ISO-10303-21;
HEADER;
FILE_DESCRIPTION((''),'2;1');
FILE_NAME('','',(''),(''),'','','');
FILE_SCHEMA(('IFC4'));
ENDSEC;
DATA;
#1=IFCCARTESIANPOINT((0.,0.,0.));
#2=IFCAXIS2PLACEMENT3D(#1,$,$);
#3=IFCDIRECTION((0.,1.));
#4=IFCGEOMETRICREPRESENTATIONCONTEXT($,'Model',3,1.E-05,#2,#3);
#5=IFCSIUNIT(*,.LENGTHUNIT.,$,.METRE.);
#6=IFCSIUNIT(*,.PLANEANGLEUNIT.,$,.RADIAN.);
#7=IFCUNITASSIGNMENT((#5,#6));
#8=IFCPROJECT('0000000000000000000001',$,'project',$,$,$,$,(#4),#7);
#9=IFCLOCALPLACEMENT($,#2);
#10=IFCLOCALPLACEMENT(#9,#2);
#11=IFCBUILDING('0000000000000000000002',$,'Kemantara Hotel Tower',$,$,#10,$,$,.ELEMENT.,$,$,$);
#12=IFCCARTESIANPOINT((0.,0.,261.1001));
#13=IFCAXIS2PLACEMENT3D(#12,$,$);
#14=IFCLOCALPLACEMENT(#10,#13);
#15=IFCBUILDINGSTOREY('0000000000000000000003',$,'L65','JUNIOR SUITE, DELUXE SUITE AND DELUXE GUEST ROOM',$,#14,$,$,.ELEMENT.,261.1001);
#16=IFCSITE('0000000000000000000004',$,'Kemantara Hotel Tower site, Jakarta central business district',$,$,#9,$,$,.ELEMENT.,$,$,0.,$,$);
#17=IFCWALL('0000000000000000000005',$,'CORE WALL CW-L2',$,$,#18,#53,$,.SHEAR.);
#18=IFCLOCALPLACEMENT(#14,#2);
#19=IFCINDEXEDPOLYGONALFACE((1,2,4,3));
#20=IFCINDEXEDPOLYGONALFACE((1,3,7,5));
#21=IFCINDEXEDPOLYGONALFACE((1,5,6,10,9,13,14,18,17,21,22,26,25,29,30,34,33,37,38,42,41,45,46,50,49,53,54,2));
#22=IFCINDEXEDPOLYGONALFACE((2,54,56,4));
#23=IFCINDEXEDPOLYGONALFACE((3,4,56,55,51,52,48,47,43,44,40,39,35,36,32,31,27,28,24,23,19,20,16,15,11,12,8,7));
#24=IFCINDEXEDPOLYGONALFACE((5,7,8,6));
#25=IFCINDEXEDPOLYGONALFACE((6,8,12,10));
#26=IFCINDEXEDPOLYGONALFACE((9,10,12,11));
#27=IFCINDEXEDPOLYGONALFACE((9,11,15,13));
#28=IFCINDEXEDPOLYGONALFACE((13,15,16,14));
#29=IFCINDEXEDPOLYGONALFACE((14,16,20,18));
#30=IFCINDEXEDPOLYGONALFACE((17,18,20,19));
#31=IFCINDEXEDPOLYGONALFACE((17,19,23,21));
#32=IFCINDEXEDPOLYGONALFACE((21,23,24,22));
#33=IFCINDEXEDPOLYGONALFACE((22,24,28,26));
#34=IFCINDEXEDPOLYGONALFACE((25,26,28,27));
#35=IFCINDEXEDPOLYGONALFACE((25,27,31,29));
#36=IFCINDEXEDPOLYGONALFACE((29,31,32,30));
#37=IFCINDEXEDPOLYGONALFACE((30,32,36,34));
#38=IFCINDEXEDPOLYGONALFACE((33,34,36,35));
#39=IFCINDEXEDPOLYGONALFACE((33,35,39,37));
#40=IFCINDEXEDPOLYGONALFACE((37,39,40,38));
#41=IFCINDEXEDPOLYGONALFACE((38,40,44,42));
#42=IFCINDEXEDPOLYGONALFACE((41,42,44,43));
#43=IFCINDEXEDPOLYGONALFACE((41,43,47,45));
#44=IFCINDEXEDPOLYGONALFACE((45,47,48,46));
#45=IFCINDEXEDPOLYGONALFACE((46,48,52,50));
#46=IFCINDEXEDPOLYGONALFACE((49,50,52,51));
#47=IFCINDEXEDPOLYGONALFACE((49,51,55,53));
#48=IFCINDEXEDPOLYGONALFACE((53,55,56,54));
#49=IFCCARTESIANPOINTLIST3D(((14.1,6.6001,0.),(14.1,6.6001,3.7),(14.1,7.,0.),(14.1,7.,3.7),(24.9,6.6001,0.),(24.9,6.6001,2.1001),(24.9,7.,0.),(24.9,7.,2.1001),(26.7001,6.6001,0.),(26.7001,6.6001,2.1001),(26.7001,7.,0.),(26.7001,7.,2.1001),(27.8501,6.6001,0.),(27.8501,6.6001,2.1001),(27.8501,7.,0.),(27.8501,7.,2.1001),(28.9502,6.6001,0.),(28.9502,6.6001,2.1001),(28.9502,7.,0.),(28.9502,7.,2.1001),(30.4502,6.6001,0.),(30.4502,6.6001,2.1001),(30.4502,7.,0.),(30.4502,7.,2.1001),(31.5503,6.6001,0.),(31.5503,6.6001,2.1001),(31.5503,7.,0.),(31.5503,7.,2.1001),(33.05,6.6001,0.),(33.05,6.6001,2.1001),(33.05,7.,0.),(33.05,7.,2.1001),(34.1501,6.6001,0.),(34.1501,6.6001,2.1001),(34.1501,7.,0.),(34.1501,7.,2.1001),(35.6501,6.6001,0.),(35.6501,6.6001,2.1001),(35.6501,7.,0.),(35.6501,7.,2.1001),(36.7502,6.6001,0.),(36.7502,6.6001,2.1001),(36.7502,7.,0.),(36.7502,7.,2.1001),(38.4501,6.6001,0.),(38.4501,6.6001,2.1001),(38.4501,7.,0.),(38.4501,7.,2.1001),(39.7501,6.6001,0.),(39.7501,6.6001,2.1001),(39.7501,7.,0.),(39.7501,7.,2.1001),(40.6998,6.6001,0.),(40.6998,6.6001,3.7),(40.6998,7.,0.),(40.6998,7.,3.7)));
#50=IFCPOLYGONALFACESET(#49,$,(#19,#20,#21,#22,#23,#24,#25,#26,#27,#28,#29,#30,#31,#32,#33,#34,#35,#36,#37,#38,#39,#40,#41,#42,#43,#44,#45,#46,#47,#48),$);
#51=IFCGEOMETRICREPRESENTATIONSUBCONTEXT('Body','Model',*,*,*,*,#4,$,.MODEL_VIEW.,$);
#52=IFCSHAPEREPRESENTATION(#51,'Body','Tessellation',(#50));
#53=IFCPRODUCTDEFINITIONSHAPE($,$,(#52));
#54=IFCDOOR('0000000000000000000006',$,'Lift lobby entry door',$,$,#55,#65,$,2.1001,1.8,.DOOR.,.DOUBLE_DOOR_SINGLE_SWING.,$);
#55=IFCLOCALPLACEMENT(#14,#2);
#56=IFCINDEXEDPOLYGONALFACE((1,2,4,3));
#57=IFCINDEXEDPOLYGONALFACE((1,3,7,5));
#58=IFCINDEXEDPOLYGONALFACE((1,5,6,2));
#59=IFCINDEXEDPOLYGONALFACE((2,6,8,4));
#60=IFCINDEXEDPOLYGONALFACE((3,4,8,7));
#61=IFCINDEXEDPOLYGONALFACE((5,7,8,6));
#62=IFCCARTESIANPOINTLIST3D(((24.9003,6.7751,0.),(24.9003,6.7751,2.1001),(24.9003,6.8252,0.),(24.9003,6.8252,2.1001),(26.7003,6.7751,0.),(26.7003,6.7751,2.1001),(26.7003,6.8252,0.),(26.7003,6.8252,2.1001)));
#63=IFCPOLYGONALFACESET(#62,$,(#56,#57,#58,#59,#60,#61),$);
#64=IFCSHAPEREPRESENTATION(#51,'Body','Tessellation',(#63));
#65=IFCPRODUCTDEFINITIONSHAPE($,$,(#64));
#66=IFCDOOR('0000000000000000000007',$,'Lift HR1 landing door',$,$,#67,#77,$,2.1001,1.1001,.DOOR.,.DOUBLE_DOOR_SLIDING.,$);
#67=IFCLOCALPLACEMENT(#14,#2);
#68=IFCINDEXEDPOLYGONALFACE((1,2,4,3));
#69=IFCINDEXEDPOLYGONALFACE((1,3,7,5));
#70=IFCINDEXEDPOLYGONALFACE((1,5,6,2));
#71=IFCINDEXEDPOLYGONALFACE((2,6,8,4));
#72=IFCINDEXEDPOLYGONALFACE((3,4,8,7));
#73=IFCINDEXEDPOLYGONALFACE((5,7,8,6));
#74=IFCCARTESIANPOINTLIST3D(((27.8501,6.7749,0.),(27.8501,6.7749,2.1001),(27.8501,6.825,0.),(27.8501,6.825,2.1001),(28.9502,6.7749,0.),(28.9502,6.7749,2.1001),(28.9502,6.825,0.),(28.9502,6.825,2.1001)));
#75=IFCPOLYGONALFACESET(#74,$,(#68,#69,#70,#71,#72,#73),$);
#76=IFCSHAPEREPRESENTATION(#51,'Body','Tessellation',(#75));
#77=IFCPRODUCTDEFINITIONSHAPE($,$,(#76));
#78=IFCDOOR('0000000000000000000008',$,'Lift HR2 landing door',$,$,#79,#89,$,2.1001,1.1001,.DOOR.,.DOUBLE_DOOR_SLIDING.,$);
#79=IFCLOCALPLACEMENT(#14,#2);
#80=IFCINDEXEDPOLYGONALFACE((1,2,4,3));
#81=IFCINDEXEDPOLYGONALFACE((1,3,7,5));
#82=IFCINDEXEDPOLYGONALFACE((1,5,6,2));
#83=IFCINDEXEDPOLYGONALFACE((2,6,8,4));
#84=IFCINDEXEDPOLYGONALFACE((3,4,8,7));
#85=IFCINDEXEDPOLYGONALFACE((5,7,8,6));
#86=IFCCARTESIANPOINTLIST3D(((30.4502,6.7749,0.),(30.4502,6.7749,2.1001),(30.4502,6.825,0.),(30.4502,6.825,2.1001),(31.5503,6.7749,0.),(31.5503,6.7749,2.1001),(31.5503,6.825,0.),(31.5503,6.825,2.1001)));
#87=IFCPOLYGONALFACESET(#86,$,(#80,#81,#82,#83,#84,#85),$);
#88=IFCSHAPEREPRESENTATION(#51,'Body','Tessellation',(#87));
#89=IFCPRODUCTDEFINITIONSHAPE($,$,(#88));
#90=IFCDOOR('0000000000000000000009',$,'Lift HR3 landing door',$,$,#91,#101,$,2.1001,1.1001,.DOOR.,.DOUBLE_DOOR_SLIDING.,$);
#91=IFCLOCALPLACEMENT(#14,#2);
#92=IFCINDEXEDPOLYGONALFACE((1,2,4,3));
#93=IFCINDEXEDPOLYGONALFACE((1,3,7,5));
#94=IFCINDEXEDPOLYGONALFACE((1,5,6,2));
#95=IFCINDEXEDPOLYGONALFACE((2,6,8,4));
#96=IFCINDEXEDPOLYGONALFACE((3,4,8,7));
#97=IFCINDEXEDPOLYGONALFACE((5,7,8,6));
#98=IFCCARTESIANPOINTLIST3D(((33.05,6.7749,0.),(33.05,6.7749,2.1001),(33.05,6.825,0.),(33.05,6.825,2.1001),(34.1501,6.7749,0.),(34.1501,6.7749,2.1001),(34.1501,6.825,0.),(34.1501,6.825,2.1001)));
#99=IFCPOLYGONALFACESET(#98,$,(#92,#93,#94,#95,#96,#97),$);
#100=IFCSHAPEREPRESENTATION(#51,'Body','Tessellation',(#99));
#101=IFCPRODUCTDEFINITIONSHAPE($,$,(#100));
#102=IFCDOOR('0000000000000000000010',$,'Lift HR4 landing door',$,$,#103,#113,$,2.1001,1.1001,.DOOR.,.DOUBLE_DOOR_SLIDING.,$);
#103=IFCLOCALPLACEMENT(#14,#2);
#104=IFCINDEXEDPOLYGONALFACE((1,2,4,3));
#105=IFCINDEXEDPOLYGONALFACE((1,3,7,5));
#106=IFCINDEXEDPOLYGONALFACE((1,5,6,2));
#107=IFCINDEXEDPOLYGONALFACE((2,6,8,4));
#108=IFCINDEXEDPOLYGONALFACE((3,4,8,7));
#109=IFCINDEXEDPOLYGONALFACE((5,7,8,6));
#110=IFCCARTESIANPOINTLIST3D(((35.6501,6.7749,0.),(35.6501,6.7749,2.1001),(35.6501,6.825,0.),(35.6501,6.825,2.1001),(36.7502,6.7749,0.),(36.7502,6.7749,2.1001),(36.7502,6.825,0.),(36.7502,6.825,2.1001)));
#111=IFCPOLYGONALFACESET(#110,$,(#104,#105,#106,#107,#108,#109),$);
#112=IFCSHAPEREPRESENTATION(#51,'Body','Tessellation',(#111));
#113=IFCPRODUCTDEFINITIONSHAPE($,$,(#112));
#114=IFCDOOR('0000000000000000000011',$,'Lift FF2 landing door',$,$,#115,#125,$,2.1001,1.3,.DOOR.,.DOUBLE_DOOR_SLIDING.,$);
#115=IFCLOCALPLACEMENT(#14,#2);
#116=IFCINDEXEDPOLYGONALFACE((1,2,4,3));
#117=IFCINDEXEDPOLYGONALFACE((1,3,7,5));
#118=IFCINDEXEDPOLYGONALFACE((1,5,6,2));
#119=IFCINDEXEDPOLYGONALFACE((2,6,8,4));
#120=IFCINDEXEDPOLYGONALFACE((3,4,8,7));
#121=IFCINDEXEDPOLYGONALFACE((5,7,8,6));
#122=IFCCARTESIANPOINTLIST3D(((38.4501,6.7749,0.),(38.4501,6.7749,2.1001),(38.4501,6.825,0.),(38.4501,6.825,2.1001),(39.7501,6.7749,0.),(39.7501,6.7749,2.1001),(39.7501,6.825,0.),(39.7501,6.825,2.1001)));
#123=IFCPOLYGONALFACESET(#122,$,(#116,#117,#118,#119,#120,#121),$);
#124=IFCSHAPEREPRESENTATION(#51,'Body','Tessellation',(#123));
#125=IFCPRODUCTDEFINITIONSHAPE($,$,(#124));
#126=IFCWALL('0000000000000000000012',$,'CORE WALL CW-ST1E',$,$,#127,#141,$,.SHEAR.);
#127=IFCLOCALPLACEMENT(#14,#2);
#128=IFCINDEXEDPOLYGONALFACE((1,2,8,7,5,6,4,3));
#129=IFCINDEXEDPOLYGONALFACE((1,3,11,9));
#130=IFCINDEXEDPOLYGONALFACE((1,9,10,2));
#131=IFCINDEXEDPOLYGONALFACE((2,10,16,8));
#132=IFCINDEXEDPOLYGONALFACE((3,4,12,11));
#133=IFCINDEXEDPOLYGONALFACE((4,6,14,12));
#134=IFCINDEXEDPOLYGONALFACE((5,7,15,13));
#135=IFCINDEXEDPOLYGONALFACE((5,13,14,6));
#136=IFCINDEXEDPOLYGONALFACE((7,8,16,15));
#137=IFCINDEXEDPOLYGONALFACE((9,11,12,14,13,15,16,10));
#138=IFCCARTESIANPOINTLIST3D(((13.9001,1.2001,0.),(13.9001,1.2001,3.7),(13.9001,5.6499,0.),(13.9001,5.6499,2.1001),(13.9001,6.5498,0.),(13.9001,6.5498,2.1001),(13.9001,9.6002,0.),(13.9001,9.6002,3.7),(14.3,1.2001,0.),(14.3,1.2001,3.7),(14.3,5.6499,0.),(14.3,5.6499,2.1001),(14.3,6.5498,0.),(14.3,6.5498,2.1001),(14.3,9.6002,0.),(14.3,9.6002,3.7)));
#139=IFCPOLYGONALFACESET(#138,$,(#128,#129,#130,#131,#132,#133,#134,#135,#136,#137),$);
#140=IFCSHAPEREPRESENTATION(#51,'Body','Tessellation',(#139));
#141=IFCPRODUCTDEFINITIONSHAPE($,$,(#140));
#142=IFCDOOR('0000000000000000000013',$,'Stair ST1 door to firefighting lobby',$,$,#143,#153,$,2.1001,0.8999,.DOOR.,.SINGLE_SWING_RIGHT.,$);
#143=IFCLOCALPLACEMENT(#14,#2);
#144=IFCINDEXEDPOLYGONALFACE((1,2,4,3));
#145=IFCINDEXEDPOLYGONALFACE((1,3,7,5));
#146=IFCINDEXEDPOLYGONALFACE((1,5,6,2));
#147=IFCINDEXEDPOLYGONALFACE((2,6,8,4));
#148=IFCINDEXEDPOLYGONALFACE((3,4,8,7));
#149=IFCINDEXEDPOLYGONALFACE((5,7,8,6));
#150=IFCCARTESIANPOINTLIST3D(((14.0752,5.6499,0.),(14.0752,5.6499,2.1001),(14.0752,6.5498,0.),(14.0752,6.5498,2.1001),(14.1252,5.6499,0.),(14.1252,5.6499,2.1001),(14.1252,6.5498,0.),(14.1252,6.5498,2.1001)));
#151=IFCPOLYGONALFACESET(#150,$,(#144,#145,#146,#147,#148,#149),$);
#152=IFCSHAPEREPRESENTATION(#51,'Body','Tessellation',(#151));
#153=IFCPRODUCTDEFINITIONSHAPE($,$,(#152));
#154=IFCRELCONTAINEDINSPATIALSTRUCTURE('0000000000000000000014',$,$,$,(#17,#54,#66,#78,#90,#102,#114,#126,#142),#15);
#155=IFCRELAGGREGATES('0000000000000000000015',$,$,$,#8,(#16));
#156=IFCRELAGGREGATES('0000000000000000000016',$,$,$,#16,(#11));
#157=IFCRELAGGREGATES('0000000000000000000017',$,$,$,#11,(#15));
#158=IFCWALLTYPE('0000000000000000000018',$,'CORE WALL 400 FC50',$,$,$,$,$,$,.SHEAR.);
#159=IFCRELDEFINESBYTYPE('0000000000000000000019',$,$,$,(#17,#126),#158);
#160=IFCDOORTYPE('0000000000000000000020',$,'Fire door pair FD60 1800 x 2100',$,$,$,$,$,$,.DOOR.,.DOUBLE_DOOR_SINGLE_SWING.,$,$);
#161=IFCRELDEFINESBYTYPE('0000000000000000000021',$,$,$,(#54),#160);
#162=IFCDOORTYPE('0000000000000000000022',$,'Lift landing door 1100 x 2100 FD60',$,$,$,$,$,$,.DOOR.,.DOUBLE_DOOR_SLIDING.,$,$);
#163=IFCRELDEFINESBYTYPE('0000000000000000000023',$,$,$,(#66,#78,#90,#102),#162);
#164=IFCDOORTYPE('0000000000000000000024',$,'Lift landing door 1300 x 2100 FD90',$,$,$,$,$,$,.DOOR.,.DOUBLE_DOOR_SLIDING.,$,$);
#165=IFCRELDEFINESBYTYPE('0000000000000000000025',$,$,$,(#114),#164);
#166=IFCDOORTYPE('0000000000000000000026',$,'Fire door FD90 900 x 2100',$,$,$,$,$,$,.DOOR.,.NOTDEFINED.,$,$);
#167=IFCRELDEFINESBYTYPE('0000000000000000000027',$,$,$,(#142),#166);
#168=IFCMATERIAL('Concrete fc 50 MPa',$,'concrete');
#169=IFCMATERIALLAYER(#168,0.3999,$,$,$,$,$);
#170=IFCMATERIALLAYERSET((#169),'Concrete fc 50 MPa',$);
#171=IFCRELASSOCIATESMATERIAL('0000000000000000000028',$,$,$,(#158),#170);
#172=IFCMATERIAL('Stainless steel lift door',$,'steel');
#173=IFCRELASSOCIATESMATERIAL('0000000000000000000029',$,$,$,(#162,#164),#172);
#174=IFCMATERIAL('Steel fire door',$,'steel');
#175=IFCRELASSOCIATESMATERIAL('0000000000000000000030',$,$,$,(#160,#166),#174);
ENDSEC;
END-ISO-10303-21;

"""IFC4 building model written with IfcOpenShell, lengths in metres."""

from ifc_helpers import new_model, si_unit, direction, frame, frame_2d, origin, place, context, subcontext, project, spatial, rectangle, extrude, material, layer, layer_set, type_object, element, fill, save


model = new_model("IFC4")

# Units and contexts
model_context = context("Model", 3, precision=1e-05, world=origin(), true_north=direction((0.0, 1.0)))
body_context = subcontext(model_context, "Body", "Model", "MODEL_VIEW")
ifc_project = project(units=[si_unit("LENGTHUNIT", "METRE"), si_unit("PLANEANGLEUNIT", "RADIAN")], contexts=[model_context])

# Site, building, storey
site_placement = place(None, origin())
site = spatial("IfcSite", under=ifc_project, at=site_placement, Name="Kemantara Hotel Tower site, Jakarta central business district", CompositionType="ELEMENT", RefElevation=0.0)
building_placement = place(site_placement, origin())
building = spatial("IfcBuilding", under=site, at=building_placement, Name="Kemantara Hotel Tower", CompositionType="ELEMENT")
storey_placement = place(building_placement, frame((0.0, 0.0, 261.1001)))
storey = spatial("IfcBuildingStorey", under=building, at=storey_placement, Name="L65", Description="JUNIOR SUITE, DELUXE SUITE AND DELUXE GUEST ROOM", CompositionType="ELEMENT", Elevation=261.1001)

# Shared definitions
ifc_material_1 = material(Name="Concrete fc 50 MPa", Category="concrete")

# Shared definitions
ifc_layer_1 = layer(ifc_material_1, 0.3999)
ifc_layer_set_1 = layer_set([ifc_layer_1], Name="Concrete fc 50 MPa")
wall_type_1 = type_object("IfcWallType", Name="CORE WALL 400 FC50", PredefinedType="SHEAR", material=ifc_layer_set_1)
ifc_material_2 = material(Name="Steel fire door", Category="steel")

# Wall, openings, doors
ifc_material_3 = material(Name="Stainless steel lift door", Category="steel")
door_type_1 = type_object("IfcDoorType", Name="Lift landing door 1100 x 2100 FD60", OperationType="DOUBLE_DOOR_SLIDING", PredefinedType="DOOR", material=ifc_material_3)
door_type_2 = type_object("IfcDoorType", Name="Lift landing door 1300 x 2100 FD90", OperationType="DOUBLE_DOOR_SLIDING", PredefinedType="DOOR", material=ifc_material_3)
wall_1_placement = place(storey_placement, frame((14.1001, 6.8, 0.0), z_axis=(0.0, 0.0, 1.0), x_axis=(1.0, 0.0, 0.0)))
wall_1 = element("IfcWall", 1, at=wall_1_placement, inside=storey, type_object=wall_type_1, Name="CORE WALL CW-L2", PredefinedType="SHEAR", context=body_context, shape_type="SweptSolid", body=[
    extrude(rectangle(XDim=26.5999, YDim=0.3999, at=frame_2d((13.2998, 0.0))), origin(), (0.0, 0.0, 1.0), 3.7),
])
opening_1_placement = place(wall_1_placement, frame((10.8, 0.0, 0.0)))
opening_1 = element("IfcOpeningElement", 2, at=opening_1_placement, cuts=wall_1, PredefinedType="OPENING", context=body_context, shape_type="SweptSolid", body=[
    extrude(rectangle(XDim=1.8, YDim=2.1001, at=frame_2d((0.8999, 1.05))), frame((0.0, 0.21, 0.0), z_axis=(0.0, -1.0, 0.0), x_axis=(1.0, 0.0, 0.0)), (0.0, 0.0, 1.0), 0.4199),
])
opening_2_placement = place(wall_1_placement, frame((13.75, 0.0, 0.0)))
opening_2 = element("IfcOpeningElement", 3, at=opening_2_placement, cuts=wall_1, PredefinedType="OPENING", context=body_context, shape_type="SweptSolid", body=[
    extrude(rectangle(XDim=1.1001, YDim=2.1001, at=frame_2d((0.55, 1.05))), frame((0.0, 0.21, 0.0), z_axis=(0.0, -1.0, 0.0), x_axis=(1.0, 0.0, 0.0)), (0.0, 0.0, 1.0), 0.4199),
])
opening_3_placement = place(wall_1_placement, frame((16.3501, 0.0, 0.0)))
opening_3 = element("IfcOpeningElement", 4, at=opening_3_placement, cuts=wall_1, PredefinedType="OPENING", context=body_context, shape_type="SweptSolid", body=[
    extrude(rectangle(XDim=1.1001, YDim=2.1001, at=frame_2d((0.55, 1.05))), frame((0.0, 0.21, 0.0), z_axis=(0.0, -1.0, 0.0), x_axis=(1.0, 0.0, 0.0)), (0.0, 0.0, 1.0), 0.4199),
])
opening_4_placement = place(wall_1_placement, frame((18.95, 0.0, 0.0)))
opening_4 = element("IfcOpeningElement", 5, at=opening_4_placement, cuts=wall_1, PredefinedType="OPENING", context=body_context, shape_type="SweptSolid", body=[
    extrude(rectangle(XDim=1.1001, YDim=2.1001, at=frame_2d((0.55, 1.05))), frame((0.0, 0.21, 0.0), z_axis=(0.0, -1.0, 0.0), x_axis=(1.0, 0.0, 0.0)), (0.0, 0.0, 1.0), 0.4199),
])
opening_5_placement = place(wall_1_placement, frame((21.55, 0.0, 0.0)))
opening_5 = element("IfcOpeningElement", 6, at=opening_5_placement, cuts=wall_1, PredefinedType="OPENING", context=body_context, shape_type="SweptSolid", body=[
    extrude(rectangle(XDim=1.1001, YDim=2.1001, at=frame_2d((0.55, 1.05))), frame((0.0, 0.21, 0.0), z_axis=(0.0, -1.0, 0.0), x_axis=(1.0, 0.0, 0.0)), (0.0, 0.0, 1.0), 0.4199),
])
opening_6_placement = place(wall_1_placement, frame((24.3501, 0.0, 0.0)))
opening_6 = element("IfcOpeningElement", 7, at=opening_6_placement, cuts=wall_1, PredefinedType="OPENING", context=body_context, shape_type="SweptSolid", body=[
    extrude(rectangle(XDim=1.3, YDim=2.1001, at=frame_2d((0.6499, 1.05))), frame((0.0, 0.21, 0.0), z_axis=(0.0, -1.0, 0.0), x_axis=(1.0, 0.0, 0.0)), (0.0, 0.0, 1.0), 0.4199),
])
door_type_3 = type_object("IfcDoorType", Name="Fire door pair FD60 1800 x 2100", OperationType="DOUBLE_DOOR_SINGLE_SWING", PredefinedType="DOOR", material=ifc_material_2)
door_1_placement = place(opening_1_placement, frame((1.8, 0.0, 0.0), z_axis=(0.0, 0.0, 1.0), x_axis=(-1.0, 0.0, 0.0)))
door_1 = element("IfcDoor", 8, at=door_1_placement, inside=storey, type_object=door_type_3, Name="Lift lobby entry door", OperationType="DOUBLE_DOOR_SINGLE_SWING", OverallHeight=2.1001, OverallWidth=1.8, PredefinedType="DOOR", context=body_context, shape_type="SweptSolid", body=[
    extrude(rectangle(XDim=1.8, YDim=2.1001, at=frame_2d((0.8999, 1.05))), frame((0.0, 0.0249, 0.0), z_axis=(0.0, -1.0, 0.0), x_axis=(1.0, 0.0, 0.0)), (0.0, 0.0, 1.0), 0.05),
])
fill(opening_1, door_1)
door_2_placement = place(opening_2_placement, origin())
door_2 = element("IfcDoor", 9, at=door_2_placement, inside=storey, type_object=door_type_1, Name="Lift HR1 landing door", OperationType="DOUBLE_DOOR_SLIDING", OverallHeight=2.1001, OverallWidth=1.1001, PredefinedType="DOOR", context=body_context, shape_type="SweptSolid", body=[
    extrude(rectangle(XDim=1.1001, YDim=2.1001, at=frame_2d((0.55, 1.05))), frame((0.0, 0.0249, 0.0), z_axis=(0.0, -1.0, 0.0), x_axis=(1.0, 0.0, 0.0)), (0.0, 0.0, 1.0), 0.05),
])
fill(opening_2, door_2)
door_3_placement = place(opening_3_placement, origin())
door_3 = element("IfcDoor", 10, at=door_3_placement, inside=storey, type_object=door_type_1, Name="Lift HR2 landing door", OperationType="DOUBLE_DOOR_SLIDING", OverallHeight=2.1001, OverallWidth=1.1001, PredefinedType="DOOR", context=body_context, shape_type="SweptSolid", body=[
    extrude(rectangle(XDim=1.1001, YDim=2.1001, at=frame_2d((0.55, 1.05))), frame((0.0, 0.0249, 0.0), z_axis=(0.0, -1.0, 0.0), x_axis=(1.0, 0.0, 0.0)), (0.0, 0.0, 1.0), 0.05),
])
fill(opening_3, door_3)
door_4_placement = place(opening_4_placement, origin())
door_4 = element("IfcDoor", 11, at=door_4_placement, inside=storey, type_object=door_type_1, Name="Lift HR3 landing door", OperationType="DOUBLE_DOOR_SLIDING", OverallHeight=2.1001, OverallWidth=1.1001, PredefinedType="DOOR", context=body_context, shape_type="SweptSolid", body=[
    extrude(rectangle(XDim=1.1001, YDim=2.1001, at=frame_2d((0.55, 1.05))), frame((0.0, 0.0249, 0.0), z_axis=(0.0, -1.0, 0.0), x_axis=(1.0, 0.0, 0.0)), (0.0, 0.0, 1.0), 0.05),
])
fill(opening_4, door_4)
door_5_placement = place(opening_5_placement, origin())
door_5 = element("IfcDoor", 12, at=door_5_placement, inside=storey, type_object=door_type_1, Name="Lift HR4 landing door", OperationType="DOUBLE_DOOR_SLIDING", OverallHeight=2.1001, OverallWidth=1.1001, PredefinedType="DOOR", context=body_context, shape_type="SweptSolid", body=[
    extrude(rectangle(XDim=1.1001, YDim=2.1001, at=frame_2d((0.55, 1.05))), frame((0.0, 0.0249, 0.0), z_axis=(0.0, -1.0, 0.0), x_axis=(1.0, 0.0, 0.0)), (0.0, 0.0, 1.0), 0.05),
])
fill(opening_5, door_5)
door_6_placement = place(opening_6_placement, origin())
door_6 = element("IfcDoor", 13, at=door_6_placement, inside=storey, type_object=door_type_2, Name="Lift FF2 landing door", OperationType="DOUBLE_DOOR_SLIDING", OverallHeight=2.1001, OverallWidth=1.3, PredefinedType="DOOR", context=body_context, shape_type="SweptSolid", body=[
    extrude(rectangle(XDim=1.3, YDim=2.1001, at=frame_2d((0.6499, 1.05))), frame((0.0, 0.0249, 0.0), z_axis=(0.0, -1.0, 0.0), x_axis=(1.0, 0.0, 0.0)), (0.0, 0.0, 1.0), 0.05),
])
fill(opening_6, door_6)

# Wall, opening, door
wall_2_placement = place(storey_placement, frame((14.1001, 1.2, 0.0), z_axis=(0.0, 0.0, 1.0), x_axis=(0.0, 1.0, 0.0)))
wall_2 = element("IfcWall", 14, at=wall_2_placement, inside=storey, type_object=wall_type_1, Name="CORE WALL CW-ST1E", PredefinedType="SHEAR", context=body_context, shape_type="SweptSolid", body=[
    extrude(rectangle(XDim=8.4001, YDim=0.3999, at=frame_2d((4.2002, 0.0))), origin(), (0.0, 0.0, 1.0), 3.7),
])
opening_7_placement = place(wall_2_placement, frame((4.45, 0.0, 0.0)))
opening_7 = element("IfcOpeningElement", 15, at=opening_7_placement, cuts=wall_2, PredefinedType="OPENING", context=body_context, shape_type="SweptSolid", body=[
    extrude(rectangle(XDim=0.8999, YDim=2.1001, at=frame_2d((0.45, 1.05))), frame((0.0, 0.21, 0.0), z_axis=(0.0, -1.0, 0.0), x_axis=(1.0, 0.0, 0.0)), (0.0, 0.0, 1.0), 0.4199),
])
door_type_4 = type_object("IfcDoorType", Name="Fire door FD90 900 x 2100", OperationType="NOTDEFINED", PredefinedType="DOOR", material=ifc_material_2)
door_7_placement = place(opening_7_placement, origin())
door_7 = element("IfcDoor", 16, at=door_7_placement, inside=storey, type_object=door_type_4, Name="Stair ST1 door to firefighting lobby", OperationType="SINGLE_SWING_RIGHT", OverallHeight=2.1001, OverallWidth=0.8999, PredefinedType="DOOR", context=body_context, shape_type="SweptSolid", body=[
    extrude(rectangle(XDim=0.8999, YDim=2.1001, at=frame_2d((0.45, 1.05))), frame((0.0, 0.0249, 0.0), z_axis=(0.0, -1.0, 0.0), x_axis=(1.0, 0.0, 0.0)), (0.0, 0.0, 1.0), 0.05),
])
fill(opening_7, door_7)

save(model, "model.ifc")
